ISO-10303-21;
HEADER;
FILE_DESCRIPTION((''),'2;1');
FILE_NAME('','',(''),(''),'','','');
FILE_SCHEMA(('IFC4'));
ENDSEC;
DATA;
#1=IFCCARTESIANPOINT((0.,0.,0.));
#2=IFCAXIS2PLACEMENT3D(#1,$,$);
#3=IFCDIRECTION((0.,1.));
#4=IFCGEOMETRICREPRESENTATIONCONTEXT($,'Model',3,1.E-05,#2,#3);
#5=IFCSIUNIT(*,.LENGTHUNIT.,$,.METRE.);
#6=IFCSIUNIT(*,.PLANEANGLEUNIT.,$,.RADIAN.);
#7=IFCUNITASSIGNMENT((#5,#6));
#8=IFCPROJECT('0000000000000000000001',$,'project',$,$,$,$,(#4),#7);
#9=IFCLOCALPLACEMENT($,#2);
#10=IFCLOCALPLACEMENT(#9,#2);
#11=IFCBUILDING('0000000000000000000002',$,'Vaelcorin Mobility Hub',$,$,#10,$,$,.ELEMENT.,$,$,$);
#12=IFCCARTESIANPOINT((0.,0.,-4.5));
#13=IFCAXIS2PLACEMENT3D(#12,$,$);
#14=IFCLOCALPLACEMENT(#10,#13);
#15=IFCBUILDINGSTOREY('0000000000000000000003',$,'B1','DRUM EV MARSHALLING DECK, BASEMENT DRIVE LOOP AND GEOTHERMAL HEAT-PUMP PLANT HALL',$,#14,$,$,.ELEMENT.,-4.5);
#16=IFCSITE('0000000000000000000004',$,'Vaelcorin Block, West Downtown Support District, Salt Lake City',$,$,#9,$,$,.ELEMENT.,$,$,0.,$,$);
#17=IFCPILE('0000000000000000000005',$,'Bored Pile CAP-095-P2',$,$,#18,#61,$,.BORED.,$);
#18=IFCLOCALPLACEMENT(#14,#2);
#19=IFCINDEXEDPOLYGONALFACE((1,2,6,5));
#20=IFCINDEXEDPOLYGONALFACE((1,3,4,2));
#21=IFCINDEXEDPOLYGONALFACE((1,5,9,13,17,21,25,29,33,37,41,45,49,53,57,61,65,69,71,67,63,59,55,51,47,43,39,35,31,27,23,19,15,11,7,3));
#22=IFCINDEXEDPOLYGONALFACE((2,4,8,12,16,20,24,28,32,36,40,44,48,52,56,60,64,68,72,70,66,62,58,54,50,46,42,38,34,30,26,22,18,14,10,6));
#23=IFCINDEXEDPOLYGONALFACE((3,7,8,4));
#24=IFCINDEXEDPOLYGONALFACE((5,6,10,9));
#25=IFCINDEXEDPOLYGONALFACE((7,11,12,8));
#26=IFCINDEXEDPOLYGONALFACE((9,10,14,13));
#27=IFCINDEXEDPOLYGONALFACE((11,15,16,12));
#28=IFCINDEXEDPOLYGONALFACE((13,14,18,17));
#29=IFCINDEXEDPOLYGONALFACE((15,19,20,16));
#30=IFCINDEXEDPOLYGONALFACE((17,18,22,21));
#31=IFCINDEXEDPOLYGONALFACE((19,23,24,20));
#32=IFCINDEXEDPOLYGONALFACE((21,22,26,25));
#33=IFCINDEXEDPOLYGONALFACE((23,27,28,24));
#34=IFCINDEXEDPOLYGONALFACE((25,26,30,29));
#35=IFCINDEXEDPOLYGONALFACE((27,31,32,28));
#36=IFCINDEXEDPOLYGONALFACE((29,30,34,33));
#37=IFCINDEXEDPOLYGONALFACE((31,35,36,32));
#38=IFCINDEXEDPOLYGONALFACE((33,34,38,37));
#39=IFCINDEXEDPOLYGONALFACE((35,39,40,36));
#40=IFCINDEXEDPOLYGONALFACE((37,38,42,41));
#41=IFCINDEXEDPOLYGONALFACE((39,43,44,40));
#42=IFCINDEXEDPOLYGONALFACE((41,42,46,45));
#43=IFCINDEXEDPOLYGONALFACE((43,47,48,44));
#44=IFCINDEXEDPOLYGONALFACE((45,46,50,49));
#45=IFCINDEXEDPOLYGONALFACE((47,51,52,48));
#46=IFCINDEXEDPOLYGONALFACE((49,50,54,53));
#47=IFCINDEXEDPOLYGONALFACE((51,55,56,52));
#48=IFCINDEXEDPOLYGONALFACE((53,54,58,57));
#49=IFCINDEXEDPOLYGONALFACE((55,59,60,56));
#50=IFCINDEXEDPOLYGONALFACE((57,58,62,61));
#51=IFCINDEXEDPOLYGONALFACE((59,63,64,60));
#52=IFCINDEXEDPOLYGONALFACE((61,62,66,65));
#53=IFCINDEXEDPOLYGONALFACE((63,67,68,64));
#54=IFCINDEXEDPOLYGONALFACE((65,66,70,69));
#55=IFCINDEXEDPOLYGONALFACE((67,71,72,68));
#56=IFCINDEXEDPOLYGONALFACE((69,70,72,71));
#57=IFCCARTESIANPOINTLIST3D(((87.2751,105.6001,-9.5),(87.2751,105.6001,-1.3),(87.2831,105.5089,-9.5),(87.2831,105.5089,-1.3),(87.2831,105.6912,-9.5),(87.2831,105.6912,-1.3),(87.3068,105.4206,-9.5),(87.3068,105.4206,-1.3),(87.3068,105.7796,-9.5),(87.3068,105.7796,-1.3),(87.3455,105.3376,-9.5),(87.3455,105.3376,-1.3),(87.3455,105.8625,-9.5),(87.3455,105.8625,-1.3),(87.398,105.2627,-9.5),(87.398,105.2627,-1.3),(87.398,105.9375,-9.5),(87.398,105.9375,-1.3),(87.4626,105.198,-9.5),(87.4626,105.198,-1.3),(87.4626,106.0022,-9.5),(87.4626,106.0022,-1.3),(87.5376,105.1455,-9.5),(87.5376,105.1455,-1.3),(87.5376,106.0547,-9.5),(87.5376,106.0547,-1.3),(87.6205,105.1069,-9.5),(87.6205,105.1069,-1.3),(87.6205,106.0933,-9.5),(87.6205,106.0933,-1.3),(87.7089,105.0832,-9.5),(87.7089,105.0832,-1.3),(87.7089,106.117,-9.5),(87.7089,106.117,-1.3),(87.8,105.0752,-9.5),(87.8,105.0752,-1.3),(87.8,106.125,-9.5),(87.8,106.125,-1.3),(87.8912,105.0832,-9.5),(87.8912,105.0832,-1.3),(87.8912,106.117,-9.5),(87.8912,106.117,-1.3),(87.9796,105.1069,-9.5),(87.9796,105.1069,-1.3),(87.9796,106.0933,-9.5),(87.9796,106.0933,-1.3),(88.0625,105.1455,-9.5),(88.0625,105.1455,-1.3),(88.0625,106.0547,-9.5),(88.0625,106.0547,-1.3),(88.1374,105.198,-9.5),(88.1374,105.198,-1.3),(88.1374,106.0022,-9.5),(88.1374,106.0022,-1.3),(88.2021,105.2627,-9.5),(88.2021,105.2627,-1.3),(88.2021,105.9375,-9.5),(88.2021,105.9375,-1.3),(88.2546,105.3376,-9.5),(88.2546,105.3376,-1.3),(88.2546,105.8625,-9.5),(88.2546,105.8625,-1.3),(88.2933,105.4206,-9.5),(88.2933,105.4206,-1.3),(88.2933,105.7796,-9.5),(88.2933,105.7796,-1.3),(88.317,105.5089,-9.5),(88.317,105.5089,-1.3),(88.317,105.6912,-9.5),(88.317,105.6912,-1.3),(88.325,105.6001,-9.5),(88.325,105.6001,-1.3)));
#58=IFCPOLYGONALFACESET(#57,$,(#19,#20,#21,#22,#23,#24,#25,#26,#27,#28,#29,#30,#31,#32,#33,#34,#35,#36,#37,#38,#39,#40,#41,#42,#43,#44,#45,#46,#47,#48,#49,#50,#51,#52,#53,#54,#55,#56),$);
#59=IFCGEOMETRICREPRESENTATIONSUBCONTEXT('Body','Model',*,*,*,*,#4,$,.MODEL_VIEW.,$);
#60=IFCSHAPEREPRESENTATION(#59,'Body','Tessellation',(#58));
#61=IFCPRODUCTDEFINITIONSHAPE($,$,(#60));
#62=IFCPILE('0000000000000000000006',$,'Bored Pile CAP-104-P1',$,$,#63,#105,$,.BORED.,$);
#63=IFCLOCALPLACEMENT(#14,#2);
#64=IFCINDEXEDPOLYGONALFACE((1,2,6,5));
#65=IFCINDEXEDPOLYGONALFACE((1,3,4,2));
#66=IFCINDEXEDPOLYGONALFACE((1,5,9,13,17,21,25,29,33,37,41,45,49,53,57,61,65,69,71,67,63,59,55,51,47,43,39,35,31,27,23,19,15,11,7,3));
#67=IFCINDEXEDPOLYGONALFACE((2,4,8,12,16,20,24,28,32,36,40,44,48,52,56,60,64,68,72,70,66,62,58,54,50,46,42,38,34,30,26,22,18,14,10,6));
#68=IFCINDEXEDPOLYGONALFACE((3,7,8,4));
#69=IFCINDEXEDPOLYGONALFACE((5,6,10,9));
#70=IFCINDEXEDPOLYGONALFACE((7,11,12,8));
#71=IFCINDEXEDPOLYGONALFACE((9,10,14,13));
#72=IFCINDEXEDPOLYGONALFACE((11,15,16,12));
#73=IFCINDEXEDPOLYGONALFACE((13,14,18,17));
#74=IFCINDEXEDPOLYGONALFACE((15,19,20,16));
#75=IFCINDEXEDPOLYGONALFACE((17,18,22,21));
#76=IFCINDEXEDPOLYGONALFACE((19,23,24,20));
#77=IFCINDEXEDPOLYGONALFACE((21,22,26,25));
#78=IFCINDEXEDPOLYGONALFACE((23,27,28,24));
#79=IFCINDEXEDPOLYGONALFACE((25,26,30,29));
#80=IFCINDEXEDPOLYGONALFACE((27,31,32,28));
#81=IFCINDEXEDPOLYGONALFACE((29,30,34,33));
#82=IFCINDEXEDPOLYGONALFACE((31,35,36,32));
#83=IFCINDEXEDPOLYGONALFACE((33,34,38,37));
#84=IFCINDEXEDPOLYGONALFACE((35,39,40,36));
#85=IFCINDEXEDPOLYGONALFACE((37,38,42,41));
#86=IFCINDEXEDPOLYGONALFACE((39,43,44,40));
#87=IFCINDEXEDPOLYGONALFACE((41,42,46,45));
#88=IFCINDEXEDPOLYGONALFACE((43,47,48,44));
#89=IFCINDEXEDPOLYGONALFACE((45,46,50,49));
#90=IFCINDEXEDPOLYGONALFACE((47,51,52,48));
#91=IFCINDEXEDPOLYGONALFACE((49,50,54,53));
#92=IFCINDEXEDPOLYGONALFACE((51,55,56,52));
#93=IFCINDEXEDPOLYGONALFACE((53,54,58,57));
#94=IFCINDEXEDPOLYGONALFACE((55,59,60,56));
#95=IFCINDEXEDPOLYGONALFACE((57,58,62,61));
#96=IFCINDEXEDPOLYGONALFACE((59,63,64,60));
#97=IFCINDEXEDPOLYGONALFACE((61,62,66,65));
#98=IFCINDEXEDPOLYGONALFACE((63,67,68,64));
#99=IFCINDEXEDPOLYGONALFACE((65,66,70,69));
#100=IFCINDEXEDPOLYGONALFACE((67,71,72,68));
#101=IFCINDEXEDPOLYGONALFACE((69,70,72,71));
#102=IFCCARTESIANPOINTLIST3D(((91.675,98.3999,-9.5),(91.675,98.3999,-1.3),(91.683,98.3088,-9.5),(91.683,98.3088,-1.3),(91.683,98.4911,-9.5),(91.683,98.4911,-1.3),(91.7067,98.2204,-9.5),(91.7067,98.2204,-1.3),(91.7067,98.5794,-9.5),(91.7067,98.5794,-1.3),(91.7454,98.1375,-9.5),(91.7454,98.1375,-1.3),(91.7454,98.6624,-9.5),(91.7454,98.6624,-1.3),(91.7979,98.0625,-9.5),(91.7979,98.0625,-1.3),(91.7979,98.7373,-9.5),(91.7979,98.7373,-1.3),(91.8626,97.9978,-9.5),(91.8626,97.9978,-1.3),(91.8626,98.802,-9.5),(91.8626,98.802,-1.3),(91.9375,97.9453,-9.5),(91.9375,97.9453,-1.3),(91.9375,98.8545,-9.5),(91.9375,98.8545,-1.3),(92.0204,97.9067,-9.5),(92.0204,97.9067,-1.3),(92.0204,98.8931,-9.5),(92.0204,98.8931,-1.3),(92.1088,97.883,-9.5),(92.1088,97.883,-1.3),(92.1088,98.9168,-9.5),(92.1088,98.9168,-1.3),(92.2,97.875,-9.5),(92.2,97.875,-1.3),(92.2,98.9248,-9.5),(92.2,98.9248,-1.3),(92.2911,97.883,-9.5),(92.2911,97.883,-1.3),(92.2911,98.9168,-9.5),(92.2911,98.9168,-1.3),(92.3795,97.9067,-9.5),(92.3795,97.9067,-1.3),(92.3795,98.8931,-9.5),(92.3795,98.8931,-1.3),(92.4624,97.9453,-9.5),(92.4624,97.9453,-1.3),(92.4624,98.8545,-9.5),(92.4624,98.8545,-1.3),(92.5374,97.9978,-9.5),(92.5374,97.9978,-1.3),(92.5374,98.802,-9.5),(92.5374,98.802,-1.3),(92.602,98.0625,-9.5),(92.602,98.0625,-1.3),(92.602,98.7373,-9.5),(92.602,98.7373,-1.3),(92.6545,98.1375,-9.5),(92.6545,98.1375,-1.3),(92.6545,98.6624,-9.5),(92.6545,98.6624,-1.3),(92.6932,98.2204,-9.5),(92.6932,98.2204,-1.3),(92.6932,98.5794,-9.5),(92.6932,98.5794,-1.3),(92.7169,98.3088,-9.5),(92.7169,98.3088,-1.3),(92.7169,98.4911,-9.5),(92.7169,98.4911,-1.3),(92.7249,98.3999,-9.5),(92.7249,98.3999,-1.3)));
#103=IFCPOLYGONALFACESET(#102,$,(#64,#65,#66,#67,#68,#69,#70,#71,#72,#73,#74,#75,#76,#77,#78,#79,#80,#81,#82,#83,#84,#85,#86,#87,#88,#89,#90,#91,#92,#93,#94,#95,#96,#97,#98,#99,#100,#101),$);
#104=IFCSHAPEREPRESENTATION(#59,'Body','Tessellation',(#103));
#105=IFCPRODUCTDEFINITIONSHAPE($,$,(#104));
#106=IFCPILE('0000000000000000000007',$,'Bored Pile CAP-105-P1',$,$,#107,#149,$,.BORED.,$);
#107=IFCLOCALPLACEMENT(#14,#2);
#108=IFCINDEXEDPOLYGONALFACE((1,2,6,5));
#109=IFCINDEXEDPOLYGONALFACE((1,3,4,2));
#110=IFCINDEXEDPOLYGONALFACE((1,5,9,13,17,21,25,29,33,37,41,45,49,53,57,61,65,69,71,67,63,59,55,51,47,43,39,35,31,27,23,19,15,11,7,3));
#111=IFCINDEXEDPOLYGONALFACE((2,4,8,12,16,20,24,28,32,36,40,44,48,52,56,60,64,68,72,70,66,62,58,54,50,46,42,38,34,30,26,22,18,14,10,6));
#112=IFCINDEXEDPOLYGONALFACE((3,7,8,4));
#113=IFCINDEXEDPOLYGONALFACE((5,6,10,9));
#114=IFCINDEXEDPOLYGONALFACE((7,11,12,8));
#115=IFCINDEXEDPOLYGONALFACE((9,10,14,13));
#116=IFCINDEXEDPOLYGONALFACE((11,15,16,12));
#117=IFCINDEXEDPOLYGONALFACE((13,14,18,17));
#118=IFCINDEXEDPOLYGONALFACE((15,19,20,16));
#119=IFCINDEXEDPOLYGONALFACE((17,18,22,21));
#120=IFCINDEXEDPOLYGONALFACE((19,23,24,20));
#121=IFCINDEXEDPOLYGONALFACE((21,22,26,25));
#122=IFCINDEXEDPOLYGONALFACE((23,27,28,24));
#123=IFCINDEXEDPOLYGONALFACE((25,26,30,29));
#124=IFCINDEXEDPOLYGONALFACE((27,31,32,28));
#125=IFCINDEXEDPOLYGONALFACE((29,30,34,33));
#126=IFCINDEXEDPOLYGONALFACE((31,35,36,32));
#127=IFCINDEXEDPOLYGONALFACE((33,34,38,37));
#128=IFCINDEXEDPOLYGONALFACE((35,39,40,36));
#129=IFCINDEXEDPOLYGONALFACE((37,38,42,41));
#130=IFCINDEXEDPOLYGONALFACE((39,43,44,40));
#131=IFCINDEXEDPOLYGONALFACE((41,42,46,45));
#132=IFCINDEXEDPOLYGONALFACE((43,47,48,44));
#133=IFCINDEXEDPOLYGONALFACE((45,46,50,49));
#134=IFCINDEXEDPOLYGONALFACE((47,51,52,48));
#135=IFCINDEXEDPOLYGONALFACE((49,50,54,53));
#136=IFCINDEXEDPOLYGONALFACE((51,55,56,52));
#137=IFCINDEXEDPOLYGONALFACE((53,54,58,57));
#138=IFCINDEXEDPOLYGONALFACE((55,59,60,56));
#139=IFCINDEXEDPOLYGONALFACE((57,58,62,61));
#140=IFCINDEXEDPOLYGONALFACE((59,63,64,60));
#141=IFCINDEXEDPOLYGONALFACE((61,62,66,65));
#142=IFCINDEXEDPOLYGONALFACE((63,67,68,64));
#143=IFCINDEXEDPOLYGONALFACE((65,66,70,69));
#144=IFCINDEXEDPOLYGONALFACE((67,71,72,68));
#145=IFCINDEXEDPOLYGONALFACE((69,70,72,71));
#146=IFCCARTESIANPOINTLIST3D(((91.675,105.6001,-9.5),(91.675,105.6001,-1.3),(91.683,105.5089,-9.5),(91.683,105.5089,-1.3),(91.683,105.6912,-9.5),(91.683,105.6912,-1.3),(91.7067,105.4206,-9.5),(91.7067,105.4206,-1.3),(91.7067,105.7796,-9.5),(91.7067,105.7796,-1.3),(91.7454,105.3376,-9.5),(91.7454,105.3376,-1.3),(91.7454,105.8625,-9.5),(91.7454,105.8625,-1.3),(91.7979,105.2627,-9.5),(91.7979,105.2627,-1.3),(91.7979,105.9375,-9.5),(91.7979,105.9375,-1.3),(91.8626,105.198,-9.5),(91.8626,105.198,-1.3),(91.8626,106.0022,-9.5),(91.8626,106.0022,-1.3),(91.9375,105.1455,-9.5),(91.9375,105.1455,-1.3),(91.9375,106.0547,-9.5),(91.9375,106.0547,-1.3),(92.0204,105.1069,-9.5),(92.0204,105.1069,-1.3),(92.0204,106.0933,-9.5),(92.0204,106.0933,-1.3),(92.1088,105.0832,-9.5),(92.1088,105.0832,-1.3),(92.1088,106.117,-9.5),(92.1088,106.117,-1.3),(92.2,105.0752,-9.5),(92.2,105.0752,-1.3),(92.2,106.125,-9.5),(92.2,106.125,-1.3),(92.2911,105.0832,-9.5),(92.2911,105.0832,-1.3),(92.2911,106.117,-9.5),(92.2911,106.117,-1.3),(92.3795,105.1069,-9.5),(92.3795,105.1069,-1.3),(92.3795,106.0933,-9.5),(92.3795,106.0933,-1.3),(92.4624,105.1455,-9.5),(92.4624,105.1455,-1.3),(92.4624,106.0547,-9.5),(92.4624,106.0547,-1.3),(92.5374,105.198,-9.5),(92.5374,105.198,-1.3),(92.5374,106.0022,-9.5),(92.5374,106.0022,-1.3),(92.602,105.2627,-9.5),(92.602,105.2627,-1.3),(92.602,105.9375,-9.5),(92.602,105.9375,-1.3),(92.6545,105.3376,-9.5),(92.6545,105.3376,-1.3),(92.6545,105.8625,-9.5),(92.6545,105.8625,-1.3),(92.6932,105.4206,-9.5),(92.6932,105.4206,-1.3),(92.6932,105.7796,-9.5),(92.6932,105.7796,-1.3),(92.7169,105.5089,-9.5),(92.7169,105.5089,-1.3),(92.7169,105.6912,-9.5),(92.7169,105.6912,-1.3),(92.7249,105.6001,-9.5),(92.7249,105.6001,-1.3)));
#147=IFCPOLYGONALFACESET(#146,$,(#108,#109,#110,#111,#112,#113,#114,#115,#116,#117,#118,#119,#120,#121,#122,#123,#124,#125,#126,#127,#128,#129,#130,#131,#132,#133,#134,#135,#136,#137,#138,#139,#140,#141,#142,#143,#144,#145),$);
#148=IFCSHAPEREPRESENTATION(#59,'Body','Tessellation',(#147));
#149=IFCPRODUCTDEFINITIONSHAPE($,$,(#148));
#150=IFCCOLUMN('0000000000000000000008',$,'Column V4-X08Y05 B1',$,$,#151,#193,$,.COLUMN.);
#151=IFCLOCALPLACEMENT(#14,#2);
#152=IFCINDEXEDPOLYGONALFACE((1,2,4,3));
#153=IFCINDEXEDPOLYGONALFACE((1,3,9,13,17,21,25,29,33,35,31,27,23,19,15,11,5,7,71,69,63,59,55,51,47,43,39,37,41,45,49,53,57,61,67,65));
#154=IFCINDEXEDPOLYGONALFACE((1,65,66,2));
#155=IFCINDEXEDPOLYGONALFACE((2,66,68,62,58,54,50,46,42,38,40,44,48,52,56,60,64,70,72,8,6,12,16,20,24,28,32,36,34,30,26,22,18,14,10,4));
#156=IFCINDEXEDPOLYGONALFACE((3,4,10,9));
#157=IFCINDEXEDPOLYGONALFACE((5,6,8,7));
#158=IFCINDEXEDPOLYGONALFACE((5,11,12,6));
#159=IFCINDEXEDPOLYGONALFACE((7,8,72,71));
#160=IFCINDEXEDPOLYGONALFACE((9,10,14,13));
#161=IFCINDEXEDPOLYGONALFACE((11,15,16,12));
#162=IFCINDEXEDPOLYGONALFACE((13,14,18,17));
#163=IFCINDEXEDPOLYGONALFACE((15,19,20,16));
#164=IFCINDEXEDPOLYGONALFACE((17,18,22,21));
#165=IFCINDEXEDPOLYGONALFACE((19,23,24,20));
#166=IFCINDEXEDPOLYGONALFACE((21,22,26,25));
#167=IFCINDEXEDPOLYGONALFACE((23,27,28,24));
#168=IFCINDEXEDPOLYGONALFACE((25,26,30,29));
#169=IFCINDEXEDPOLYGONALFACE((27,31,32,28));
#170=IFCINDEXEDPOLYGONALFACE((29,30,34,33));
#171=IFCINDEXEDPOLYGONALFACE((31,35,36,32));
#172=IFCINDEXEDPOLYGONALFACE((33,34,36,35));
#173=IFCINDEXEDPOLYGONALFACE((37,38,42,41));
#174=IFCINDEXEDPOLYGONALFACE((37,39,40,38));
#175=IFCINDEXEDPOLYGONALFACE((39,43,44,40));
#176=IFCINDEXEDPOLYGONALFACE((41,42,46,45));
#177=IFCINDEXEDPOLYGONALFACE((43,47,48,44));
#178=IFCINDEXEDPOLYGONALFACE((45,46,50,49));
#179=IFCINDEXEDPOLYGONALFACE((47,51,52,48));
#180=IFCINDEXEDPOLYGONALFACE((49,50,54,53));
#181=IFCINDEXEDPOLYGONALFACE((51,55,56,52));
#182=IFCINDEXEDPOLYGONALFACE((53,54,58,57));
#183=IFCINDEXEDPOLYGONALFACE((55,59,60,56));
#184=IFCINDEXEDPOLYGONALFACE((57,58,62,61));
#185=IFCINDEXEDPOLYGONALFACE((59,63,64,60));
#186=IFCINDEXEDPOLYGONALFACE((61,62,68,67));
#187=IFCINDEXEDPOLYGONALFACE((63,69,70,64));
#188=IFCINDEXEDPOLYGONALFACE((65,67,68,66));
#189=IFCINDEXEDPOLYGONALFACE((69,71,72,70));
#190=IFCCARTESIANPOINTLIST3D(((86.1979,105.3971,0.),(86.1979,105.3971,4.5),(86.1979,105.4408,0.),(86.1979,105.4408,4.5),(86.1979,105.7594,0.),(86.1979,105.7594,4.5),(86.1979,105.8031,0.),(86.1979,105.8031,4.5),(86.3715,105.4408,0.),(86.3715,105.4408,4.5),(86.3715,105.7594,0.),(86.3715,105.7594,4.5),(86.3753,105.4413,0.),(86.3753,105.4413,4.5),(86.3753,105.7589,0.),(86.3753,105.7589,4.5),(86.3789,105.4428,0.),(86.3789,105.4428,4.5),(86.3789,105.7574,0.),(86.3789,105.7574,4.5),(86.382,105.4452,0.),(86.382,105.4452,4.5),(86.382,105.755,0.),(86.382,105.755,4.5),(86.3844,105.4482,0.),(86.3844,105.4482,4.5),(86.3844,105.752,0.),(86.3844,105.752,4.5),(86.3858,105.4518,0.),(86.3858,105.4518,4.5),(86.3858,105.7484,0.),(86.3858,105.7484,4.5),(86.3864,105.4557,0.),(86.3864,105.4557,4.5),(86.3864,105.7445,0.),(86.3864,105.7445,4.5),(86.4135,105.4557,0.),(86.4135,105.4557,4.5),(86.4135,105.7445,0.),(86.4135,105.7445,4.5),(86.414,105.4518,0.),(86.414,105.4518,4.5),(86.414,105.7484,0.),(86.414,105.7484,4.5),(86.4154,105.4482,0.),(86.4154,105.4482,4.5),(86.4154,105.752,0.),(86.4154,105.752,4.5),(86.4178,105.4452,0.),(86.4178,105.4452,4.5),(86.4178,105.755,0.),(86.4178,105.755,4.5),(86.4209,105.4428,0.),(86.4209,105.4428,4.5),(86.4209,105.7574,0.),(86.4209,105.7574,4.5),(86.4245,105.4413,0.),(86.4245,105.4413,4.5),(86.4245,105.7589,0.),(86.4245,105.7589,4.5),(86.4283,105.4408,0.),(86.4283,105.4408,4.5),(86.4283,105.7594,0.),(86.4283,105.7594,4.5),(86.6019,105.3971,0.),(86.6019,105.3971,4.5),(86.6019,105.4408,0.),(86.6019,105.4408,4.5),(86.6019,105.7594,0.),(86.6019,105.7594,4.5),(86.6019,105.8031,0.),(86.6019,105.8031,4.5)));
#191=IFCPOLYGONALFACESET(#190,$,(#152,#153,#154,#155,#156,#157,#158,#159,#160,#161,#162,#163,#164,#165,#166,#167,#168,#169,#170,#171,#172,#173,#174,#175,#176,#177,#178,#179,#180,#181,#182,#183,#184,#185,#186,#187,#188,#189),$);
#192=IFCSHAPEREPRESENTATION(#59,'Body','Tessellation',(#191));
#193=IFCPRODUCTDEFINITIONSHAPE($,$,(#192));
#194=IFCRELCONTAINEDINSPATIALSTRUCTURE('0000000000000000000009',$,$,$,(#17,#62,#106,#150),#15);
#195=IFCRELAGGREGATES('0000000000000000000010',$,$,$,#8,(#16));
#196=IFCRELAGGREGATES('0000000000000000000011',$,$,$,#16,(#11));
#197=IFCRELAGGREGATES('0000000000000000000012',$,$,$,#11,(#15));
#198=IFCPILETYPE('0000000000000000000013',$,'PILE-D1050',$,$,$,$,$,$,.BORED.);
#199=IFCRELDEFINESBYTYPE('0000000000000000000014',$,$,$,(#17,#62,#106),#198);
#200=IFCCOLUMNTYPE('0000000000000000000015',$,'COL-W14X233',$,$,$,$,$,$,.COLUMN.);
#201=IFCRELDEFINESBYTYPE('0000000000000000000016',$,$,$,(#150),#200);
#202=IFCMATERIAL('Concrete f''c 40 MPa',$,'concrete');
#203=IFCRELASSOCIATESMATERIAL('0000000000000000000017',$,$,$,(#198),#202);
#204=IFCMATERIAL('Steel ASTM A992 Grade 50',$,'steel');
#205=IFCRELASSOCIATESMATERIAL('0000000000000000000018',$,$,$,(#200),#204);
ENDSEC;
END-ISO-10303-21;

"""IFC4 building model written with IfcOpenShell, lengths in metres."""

from ifc_helpers import new_model, si_unit, direction, frame, origin, origin_2d, place, context, subcontext, project, spatial, circle, i_section, extrude, material, material_profile, profile_set, type_object, element, save


model = new_model("IFC4")

# Units and contexts
model_context = context("Model", 3, precision=1e-05, world=origin(), true_north=direction((0.0, 1.0)))
body_context = subcontext(model_context, "Body", "Model", "MODEL_VIEW")
ifc_project = project(units=[si_unit("LENGTHUNIT", "METRE"), si_unit("PLANEANGLEUNIT", "RADIAN")], contexts=[model_context])

# Site, building, storey
site_placement = place(None, origin())
site = spatial("IfcSite", under=ifc_project, at=site_placement, Name="Vaelcorin Block, West Downtown Support District, Salt Lake City", CompositionType="ELEMENT", RefElevation=0.0)
building_placement = place(site_placement, origin())
building = spatial("IfcBuilding", under=site, at=building_placement, Name="Vaelcorin Mobility Hub", CompositionType="ELEMENT")
storey_placement = place(building_placement, frame((0.0, 0.0, -4.5)))
storey = spatial("IfcBuildingStorey", under=building, at=storey_placement, Name="B1", Description="DRUM EV MARSHALLING DECK, BASEMENT DRIVE LOOP AND GEOTHERMAL HEAT-PUMP PLANT HALL", CompositionType="ELEMENT", Elevation=-4.5)

# Shared definitions
ifc_material_1 = material(Name="Concrete f'c 40 MPa", Category="concrete")

# Piles
ifc_material_profile_1 = material_profile(ifc_material_1, circle(Radius=0.5249, at=origin_2d()), Name="BP-D1050")
ifc_profile_set_1 = profile_set([ifc_material_profile_1], Name="Concrete f'c 40 MPa")
pile_type = type_object("IfcPileType", Name="PILE-D1050", PredefinedType="BORED", material=ifc_profile_set_1)
for number, where, z_axis, x_axis, name in (
    (1, (87.8, 105.6001, -1.3), (0.0, 0.0, -1.0), (1.0, 0.0, 0.0), "Bored Pile CAP-095-P2"),
    (2, (92.2, 98.3999, -1.3), (0.0, 0.0, -1.0), (1.0, 0.0, 0.0), "Bored Pile CAP-104-P1"),
    (3, (92.2, 105.6001, -1.3), (0.0, 0.0, -1.0), (1.0, 0.0, 0.0), "Bored Pile CAP-105-P1"),
):
    element("IfcPile", number, at=place(storey_placement, frame(where, z_axis=z_axis, x_axis=x_axis)), inside=storey, type_object=pile_type, Name=name, PredefinedType="BORED", context=body_context, shape_type="SweptSolid", body=[
        extrude(circle(Radius=0.5249, at=origin_2d()), origin(), (0.0, 0.0, 1.0), 8.2),
    ])

# Column
ifc_material_2 = material(Name="Steel ASTM A992 Grade 50", Category="steel")
ifc_material_profile_2 = material_profile(ifc_material_2, i_section(OverallWidth=0.4041, OverallDepth=0.406, WebThickness=0.0271, FlangeThickness=0.0437, FilletRadius=0.0149, at=origin_2d()), Name="W14X233")
ifc_profile_set_2 = profile_set([ifc_material_profile_2], Name="Steel ASTM A992 Grade 50")
column_type = type_object("IfcColumnType", Name="COL-W14X233", PredefinedType="COLUMN", material=ifc_profile_set_2)
column_placement = place(storey_placement, frame((86.3999, 105.6001, 0.0), z_axis=(0.0, 0.0, 1.0), x_axis=(1.0, 0.0, 0.0)))
element("IfcColumn", 4, at=column_placement, inside=storey, type_object=column_type, Name="Column V4-X08Y05 B1", PredefinedType="COLUMN", context=body_context, shape_type="SweptSolid", body=[
    extrude(i_section(OverallWidth=0.4041, OverallDepth=0.406, WebThickness=0.0271, FlangeThickness=0.0437, FilletRadius=0.0149, at=origin_2d()), origin(), (0.0, 0.0, 1.0), 4.5),
])

save(model, "model.ifc")
